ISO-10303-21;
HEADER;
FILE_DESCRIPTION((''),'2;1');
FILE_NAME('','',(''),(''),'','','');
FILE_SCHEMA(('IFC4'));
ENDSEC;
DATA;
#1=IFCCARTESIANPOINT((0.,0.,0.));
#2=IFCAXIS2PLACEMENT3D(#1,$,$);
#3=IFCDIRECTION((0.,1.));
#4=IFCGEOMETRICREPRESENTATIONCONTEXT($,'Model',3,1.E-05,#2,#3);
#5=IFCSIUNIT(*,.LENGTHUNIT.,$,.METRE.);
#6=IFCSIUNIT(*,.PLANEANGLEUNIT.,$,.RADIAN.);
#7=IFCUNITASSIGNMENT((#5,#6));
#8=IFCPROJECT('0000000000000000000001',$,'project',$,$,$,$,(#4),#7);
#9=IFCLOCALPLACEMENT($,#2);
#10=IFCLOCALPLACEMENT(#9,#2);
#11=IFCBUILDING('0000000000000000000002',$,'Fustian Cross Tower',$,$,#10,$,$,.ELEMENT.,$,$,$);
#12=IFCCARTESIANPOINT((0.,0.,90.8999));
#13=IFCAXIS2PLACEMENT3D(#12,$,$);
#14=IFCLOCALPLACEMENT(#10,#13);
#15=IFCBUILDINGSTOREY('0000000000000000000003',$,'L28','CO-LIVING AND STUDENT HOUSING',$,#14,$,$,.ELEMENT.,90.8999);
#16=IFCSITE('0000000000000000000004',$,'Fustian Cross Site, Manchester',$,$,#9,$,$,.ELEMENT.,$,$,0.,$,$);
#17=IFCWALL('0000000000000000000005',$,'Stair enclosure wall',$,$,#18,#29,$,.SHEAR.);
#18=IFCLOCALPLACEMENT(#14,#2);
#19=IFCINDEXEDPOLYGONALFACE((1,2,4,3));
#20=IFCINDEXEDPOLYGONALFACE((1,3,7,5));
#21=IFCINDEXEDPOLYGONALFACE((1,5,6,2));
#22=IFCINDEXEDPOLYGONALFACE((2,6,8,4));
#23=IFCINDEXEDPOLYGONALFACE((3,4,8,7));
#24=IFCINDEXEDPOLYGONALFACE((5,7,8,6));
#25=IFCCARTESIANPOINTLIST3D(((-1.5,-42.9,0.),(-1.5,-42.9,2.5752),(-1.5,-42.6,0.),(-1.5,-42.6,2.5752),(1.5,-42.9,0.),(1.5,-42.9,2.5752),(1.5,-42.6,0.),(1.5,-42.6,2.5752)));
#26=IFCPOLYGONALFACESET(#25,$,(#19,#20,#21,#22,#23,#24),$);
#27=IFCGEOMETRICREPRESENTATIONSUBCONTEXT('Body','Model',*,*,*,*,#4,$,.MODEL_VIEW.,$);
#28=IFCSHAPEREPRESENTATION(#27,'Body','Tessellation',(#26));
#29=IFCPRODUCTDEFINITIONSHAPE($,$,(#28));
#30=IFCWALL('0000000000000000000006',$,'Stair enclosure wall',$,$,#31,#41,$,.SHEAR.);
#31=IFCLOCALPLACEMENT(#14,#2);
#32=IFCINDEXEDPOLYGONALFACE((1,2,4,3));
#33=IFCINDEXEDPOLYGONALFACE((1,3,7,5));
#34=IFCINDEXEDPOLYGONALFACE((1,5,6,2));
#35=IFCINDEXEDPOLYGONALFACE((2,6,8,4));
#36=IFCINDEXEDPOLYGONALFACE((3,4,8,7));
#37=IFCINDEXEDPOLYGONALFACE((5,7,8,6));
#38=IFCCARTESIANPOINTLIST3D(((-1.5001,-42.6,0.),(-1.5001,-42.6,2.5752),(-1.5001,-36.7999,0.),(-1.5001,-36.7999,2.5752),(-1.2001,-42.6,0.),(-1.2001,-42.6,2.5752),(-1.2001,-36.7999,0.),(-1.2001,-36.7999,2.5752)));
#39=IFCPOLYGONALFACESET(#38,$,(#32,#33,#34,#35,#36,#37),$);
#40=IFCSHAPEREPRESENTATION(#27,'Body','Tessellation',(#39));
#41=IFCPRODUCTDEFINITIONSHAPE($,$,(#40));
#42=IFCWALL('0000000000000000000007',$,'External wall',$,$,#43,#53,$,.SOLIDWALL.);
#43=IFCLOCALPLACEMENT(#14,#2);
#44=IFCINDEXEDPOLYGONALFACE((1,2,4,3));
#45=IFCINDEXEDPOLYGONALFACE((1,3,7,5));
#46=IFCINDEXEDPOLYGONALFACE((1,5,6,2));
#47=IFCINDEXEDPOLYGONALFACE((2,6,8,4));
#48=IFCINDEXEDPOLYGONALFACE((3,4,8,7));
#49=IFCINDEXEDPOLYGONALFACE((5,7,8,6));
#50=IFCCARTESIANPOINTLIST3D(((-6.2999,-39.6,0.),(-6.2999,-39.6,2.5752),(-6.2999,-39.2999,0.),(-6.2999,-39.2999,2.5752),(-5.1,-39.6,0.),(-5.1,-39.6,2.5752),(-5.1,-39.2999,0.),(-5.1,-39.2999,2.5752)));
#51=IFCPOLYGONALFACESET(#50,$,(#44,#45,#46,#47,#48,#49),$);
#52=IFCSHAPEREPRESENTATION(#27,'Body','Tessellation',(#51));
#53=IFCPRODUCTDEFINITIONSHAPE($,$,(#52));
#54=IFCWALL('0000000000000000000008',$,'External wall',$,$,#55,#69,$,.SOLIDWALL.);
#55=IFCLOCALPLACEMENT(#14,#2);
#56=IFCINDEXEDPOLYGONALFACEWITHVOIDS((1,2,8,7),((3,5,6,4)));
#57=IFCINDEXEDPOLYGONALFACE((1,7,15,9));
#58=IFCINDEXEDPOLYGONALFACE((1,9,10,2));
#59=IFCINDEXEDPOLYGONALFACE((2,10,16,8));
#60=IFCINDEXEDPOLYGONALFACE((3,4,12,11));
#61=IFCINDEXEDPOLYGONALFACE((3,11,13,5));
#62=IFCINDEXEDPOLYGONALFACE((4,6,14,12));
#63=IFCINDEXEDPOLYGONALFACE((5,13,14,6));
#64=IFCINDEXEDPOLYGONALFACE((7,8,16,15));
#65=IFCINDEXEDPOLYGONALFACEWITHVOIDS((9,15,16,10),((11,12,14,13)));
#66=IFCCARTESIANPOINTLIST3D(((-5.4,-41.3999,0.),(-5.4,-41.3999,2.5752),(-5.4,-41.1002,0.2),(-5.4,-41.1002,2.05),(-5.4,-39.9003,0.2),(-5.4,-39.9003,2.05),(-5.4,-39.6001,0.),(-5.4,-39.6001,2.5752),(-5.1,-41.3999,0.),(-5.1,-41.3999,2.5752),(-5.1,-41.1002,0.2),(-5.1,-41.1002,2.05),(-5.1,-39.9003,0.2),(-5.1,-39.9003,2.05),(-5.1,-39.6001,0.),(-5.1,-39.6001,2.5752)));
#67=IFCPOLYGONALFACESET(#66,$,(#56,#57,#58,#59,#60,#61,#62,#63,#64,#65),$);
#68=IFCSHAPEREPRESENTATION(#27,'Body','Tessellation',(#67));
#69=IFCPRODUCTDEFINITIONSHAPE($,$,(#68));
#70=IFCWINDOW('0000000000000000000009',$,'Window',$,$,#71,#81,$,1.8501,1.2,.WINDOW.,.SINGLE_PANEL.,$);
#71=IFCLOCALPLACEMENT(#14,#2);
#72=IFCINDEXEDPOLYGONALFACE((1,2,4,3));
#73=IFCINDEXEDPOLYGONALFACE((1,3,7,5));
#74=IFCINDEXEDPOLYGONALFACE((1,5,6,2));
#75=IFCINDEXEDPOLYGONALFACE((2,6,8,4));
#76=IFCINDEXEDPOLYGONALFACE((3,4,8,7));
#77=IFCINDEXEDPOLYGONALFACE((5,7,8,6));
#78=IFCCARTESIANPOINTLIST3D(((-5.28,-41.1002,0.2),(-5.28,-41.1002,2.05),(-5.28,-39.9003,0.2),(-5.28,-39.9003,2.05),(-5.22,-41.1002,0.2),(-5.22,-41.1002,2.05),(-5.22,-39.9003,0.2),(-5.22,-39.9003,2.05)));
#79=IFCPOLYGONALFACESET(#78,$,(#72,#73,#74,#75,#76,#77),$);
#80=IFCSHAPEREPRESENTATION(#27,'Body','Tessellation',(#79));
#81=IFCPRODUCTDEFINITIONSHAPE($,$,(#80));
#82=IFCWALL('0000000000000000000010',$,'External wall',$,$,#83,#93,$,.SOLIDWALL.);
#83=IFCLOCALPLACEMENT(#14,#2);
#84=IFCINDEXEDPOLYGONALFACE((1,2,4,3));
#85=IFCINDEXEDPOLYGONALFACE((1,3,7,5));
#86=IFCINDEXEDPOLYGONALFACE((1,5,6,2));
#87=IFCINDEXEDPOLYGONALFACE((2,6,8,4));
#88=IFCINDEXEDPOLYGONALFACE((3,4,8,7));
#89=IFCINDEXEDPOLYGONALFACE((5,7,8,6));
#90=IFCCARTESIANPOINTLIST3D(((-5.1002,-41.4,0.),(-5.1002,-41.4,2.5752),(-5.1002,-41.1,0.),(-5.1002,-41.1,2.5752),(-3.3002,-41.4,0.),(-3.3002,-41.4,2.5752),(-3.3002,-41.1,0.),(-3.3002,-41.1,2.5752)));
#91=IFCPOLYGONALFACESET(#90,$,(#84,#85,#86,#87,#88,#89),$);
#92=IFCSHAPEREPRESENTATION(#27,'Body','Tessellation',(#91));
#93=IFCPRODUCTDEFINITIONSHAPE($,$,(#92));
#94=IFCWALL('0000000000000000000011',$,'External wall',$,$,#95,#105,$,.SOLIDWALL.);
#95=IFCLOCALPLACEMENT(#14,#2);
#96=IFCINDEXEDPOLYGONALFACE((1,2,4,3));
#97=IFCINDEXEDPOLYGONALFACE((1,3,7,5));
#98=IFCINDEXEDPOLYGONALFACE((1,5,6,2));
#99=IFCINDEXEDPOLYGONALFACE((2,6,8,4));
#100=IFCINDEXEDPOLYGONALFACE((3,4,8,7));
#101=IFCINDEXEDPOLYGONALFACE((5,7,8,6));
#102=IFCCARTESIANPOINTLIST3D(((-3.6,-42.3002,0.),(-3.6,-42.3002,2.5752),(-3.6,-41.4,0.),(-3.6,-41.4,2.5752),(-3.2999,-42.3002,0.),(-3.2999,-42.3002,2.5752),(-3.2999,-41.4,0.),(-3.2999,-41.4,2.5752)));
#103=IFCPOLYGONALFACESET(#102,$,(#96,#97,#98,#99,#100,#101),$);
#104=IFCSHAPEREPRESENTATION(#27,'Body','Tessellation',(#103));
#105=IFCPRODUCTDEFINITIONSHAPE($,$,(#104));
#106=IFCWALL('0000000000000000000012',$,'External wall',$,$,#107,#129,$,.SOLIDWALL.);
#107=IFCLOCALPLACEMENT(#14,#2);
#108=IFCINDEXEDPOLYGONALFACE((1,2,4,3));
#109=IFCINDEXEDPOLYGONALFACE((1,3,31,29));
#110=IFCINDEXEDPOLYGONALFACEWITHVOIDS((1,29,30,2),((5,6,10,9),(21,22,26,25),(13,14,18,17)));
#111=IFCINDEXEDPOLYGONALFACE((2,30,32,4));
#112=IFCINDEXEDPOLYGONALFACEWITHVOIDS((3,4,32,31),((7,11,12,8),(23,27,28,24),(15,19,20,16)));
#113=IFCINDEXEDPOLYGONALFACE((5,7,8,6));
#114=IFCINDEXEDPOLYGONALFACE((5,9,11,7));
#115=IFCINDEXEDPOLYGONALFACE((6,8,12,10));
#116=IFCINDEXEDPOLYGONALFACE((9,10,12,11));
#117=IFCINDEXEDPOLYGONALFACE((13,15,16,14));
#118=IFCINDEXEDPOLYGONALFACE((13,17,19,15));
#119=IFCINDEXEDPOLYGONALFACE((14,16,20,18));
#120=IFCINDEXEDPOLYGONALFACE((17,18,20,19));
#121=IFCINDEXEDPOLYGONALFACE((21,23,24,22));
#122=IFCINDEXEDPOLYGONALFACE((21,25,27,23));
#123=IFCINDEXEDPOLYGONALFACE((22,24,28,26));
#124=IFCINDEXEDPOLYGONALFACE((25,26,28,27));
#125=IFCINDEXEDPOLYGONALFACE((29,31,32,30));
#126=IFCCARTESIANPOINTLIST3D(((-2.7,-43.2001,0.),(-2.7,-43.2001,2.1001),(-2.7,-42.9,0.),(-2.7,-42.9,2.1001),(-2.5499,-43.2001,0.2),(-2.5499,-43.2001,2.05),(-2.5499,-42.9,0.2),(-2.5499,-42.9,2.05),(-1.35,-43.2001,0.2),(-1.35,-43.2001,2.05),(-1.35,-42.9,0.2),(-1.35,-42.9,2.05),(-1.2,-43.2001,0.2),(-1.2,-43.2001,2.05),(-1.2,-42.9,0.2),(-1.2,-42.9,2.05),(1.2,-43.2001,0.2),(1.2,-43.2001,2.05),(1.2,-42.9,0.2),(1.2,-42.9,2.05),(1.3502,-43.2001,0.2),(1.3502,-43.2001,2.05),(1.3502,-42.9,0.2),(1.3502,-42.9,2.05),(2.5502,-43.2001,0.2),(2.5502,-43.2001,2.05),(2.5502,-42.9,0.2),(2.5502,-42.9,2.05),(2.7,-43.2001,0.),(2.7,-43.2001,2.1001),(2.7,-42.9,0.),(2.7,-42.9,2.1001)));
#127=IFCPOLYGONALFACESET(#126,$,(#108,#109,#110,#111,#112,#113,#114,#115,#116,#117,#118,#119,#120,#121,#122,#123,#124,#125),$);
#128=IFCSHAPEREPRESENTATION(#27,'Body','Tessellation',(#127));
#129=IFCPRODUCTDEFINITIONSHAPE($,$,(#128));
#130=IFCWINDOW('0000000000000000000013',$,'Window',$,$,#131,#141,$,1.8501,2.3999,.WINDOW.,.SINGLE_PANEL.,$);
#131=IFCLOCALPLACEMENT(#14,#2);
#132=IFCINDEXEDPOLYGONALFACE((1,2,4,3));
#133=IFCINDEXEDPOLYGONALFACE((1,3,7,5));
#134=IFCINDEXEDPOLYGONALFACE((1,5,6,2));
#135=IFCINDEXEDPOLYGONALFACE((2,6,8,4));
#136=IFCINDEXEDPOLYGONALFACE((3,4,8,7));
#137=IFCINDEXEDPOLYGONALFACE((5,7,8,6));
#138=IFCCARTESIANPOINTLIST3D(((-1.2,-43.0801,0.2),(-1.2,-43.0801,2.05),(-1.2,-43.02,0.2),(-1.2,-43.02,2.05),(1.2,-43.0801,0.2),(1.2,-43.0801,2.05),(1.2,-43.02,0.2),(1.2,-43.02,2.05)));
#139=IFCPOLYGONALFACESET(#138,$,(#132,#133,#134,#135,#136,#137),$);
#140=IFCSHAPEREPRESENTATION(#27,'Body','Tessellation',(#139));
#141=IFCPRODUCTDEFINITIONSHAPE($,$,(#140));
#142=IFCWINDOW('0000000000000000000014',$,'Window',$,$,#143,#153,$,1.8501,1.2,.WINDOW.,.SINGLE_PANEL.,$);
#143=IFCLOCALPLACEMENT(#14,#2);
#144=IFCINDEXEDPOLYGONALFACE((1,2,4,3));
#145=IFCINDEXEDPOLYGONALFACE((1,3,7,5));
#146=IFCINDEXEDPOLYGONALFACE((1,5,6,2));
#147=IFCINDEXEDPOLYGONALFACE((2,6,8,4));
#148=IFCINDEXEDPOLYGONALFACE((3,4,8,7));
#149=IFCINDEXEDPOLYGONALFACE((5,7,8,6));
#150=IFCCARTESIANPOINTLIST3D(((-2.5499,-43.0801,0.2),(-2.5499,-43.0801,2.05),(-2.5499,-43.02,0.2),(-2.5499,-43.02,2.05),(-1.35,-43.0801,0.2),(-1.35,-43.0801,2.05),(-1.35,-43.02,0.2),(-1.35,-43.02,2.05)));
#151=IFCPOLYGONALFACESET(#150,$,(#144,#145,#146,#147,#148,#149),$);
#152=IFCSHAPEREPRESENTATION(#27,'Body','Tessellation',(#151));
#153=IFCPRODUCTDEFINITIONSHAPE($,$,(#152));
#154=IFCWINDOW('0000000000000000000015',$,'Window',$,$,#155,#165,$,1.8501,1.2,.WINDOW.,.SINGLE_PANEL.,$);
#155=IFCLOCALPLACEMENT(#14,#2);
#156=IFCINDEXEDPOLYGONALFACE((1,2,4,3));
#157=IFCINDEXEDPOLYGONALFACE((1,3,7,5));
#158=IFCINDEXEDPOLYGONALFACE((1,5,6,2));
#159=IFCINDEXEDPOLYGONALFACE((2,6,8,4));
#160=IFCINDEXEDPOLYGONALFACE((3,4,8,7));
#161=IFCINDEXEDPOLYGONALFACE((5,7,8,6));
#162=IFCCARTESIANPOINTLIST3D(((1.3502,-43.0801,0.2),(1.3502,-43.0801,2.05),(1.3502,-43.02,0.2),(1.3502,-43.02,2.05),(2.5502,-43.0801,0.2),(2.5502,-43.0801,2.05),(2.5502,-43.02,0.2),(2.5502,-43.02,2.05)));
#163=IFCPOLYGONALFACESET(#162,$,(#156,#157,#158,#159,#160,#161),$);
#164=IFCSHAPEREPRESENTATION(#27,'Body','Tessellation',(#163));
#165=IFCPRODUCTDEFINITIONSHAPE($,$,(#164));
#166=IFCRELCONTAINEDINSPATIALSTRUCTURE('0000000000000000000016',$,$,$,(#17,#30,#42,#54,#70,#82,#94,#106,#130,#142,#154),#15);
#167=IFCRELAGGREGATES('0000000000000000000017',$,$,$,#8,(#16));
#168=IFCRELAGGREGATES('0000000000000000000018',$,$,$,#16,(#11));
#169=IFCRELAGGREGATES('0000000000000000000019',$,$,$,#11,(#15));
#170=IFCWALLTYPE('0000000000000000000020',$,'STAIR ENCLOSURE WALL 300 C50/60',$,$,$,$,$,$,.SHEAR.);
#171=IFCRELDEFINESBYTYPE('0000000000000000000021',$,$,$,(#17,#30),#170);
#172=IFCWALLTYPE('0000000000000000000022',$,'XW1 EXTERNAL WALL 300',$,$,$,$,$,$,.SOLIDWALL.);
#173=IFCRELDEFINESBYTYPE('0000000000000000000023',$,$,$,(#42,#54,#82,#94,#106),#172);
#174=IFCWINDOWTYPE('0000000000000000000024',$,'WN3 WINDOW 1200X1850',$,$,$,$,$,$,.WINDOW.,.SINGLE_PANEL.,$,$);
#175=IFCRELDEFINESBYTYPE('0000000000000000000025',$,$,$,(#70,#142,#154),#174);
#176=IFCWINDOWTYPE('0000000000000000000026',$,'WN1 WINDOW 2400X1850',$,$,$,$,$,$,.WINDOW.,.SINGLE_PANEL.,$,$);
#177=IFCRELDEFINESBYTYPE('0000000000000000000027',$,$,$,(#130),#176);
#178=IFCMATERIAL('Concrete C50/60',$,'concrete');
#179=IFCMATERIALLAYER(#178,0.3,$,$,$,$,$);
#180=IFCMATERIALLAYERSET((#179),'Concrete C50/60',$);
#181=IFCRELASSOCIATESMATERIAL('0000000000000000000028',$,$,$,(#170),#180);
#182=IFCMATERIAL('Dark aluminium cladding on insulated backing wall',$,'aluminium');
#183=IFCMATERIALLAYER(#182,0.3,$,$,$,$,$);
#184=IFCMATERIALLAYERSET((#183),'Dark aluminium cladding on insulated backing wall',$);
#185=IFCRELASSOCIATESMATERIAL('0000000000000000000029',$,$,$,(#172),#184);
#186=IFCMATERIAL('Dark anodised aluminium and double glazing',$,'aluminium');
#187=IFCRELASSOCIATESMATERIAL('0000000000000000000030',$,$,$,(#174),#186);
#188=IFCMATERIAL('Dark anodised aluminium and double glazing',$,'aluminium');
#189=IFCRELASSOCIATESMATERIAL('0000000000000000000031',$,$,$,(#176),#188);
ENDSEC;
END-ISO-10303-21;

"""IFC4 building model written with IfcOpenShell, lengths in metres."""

from ifc_helpers import new_model, si_unit, direction, frame, frame_2d, origin, place, context, subcontext, project, spatial, rectangle, extrude, material, layer, layer_set, type_object, element, fill, save


model = new_model("IFC4")

# Units and contexts
model_context = context("Model", 3, precision=1e-05, world=origin(), true_north=direction((0.0, 1.0)))
body_context = subcontext(model_context, "Body", "Model", "MODEL_VIEW")
ifc_project = project(units=[si_unit("LENGTHUNIT", "METRE"), si_unit("PLANEANGLEUNIT", "RADIAN")], contexts=[model_context])

# Site, building, storey
site_placement = place(None, origin())
site = spatial("IfcSite", under=ifc_project, at=site_placement, Name="Fustian Cross Site, Manchester", CompositionType="ELEMENT", RefElevation=0.0)
building_placement = place(site_placement, origin())
building = spatial("IfcBuilding", under=site, at=building_placement, Name="Fustian Cross Tower", CompositionType="ELEMENT")
storey_placement = place(building_placement, frame((0.0, 0.0, 90.8999)))
storey = spatial("IfcBuildingStorey", under=building, at=storey_placement, Name="L28", Description="CO-LIVING AND STUDENT HOUSING", CompositionType="ELEMENT", Elevation=90.8999)

# Walls
ifc_material_1 = material(Name="Concrete C50/60", Category="concrete")
ifc_layer_1 = layer(ifc_material_1, 0.3)
ifc_layer_set_1 = layer_set([ifc_layer_1], Name="Concrete C50/60")
wall_type_1 = type_object("IfcWallType", Name="STAIR ENCLOSURE WALL 300 C50/60", PredefinedType="SHEAR", material=ifc_layer_set_1)
wall_1_placement = place(storey_placement, frame((-1.5, -42.75, 0.0), z_axis=(0.0, 0.0, 1.0), x_axis=(1.0, 0.0, 0.0)))
element("IfcWall", 1, at=wall_1_placement, inside=storey, type_object=wall_type_1, Name="Stair enclosure wall", PredefinedType="SHEAR", context=body_context, shape_type="SweptSolid", body=[
    extrude(rectangle(XDim=3.0, YDim=0.3, at=frame_2d((1.5, 0.0))), origin(), (0.0, 0.0, 1.0), 2.5752),
])
wall_2_placement = place(storey_placement, frame((-1.3501, -36.8, 0.0), z_axis=(0.0, 0.0, 1.0), x_axis=(0.0, -1.0, 0.0)))
element("IfcWall", 2, at=wall_2_placement, inside=storey, type_object=wall_type_1, Name="Stair enclosure wall", PredefinedType="SHEAR", context=body_context, shape_type="SweptSolid", body=[
    extrude(rectangle(XDim=5.8, YDim=0.3, at=frame_2d((2.8999, 0.0))), origin(), (0.0, 0.0, 1.0), 2.5752),
])
ifc_material_2 = material(Name="Dark aluminium cladding on insulated backing wall", Category="aluminium")
ifc_layer_2 = layer(ifc_material_2, 0.3)
ifc_layer_set_2 = layer_set([ifc_layer_2], Name="Dark aluminium cladding on insulated backing wall")
wall_type_2 = type_object("IfcWallType", Name="XW1 EXTERNAL WALL 300", PredefinedType="SOLIDWALL", material=ifc_layer_set_2)
wall_3_placement = place(storey_placement, frame((-6.3, -39.45, 0.0), z_axis=(0.0, 0.0, 1.0), x_axis=(1.0, 0.0, 0.0)))
element("IfcWall", 3, at=wall_3_placement, inside=storey, type_object=wall_type_2, Name="External wall", PredefinedType="SOLIDWALL", context=body_context, shape_type="SweptSolid", body=[
    extrude(rectangle(XDim=1.2, YDim=0.3, at=frame_2d((0.6001, 0.0))), origin(), (0.0, 0.0, 1.0), 2.5752),
])

# Wall, opening, window
wall_4_placement = place(storey_placement, frame((-5.25, -39.6001, 0.0), z_axis=(0.0, 0.0, 1.0), x_axis=(0.0, -1.0, 0.0)))
wall_4 = element("IfcWall", 4, at=wall_4_placement, inside=storey, type_object=wall_type_2, Name="External wall", PredefinedType="SOLIDWALL", context=body_context, shape_type="SweptSolid", body=[
    extrude(rectangle(XDim=1.7998, YDim=0.3, at=frame_2d((0.8999, 0.0))), origin(), (0.0, 0.0, 1.0), 2.5752),
])
opening_1_placement = place(wall_4_placement, frame((0.3, 0.0, 0.2)))
opening_1 = element("IfcOpeningElement", 5, at=opening_1_placement, cuts=wall_4, PredefinedType="OPENING", context=body_context, shape_type="SweptSolid", body=[
    extrude(rectangle(XDim=1.2, YDim=1.8501, at=frame_2d((0.6001, 0.925))), frame((0.0, 0.1599, 0.0), z_axis=(0.0, -1.0, 0.0), x_axis=(1.0, 0.0, 0.0)), (0.0, 0.0, 1.0), 0.3201),
])
ifc_material_3 = material(Name="Dark anodised aluminium and double glazing", Category="aluminium")
window_type_1 = type_object("IfcWindowType", Name="WN3 WINDOW 1200X1850", PartitioningType="SINGLE_PANEL", PredefinedType="WINDOW", material=ifc_material_3)
window_1_placement = place(opening_1_placement, origin())
window_1 = element("IfcWindow", 6, at=window_1_placement, inside=storey, type_object=window_type_1, Name="Window", OverallHeight=1.8501, OverallWidth=1.2, PartitioningType="SINGLE_PANEL", PredefinedType="WINDOW", context=body_context, shape_type="SweptSolid", body=[
    extrude(rectangle(XDim=1.2, YDim=1.8501, at=frame_2d((0.6001, 0.925))), frame((0.0, 0.03, 0.0), z_axis=(0.0, -1.0, 0.0), x_axis=(1.0, 0.0, 0.0)), (0.0, 0.0, 1.0), 0.0601),
])
fill(opening_1, window_1)

# Walls
wall_5_placement = place(storey_placement, frame((-5.1001, -41.25, 0.0), z_axis=(0.0, 0.0, 1.0), x_axis=(1.0, 0.0, 0.0)))
element("IfcWall", 7, at=wall_5_placement, inside=storey, type_object=wall_type_2, Name="External wall", PredefinedType="SOLIDWALL", context=body_context, shape_type="SweptSolid", body=[
    extrude(rectangle(XDim=1.8, YDim=0.3, at=frame_2d((0.8999, 0.0))), origin(), (0.0, 0.0, 1.0), 2.5752),
])
wall_6_placement = place(storey_placement, frame((-3.45, -41.3999, 0.0), z_axis=(0.0, 0.0, 1.0), x_axis=(0.0, -1.0, 0.0)))
element("IfcWall", 8, at=wall_6_placement, inside=storey, type_object=wall_type_2, Name="External wall", PredefinedType="SOLIDWALL", context=body_context, shape_type="SweptSolid", body=[
    extrude(rectangle(XDim=0.9001, YDim=0.3, at=frame_2d((0.4502, 0.0))), origin(), (0.0, 0.0, 1.0), 2.5752),
])

# Wall, openings, windows
wall_7_placement = place(storey_placement, frame((-2.7, -43.05, 0.0), z_axis=(0.0, 0.0, 1.0), x_axis=(1.0, 0.0, 0.0)))
wall_7 = element("IfcWall", 9, at=wall_7_placement, inside=storey, type_object=wall_type_2, Name="External wall", PredefinedType="SOLIDWALL", context=body_context, shape_type="SweptSolid", body=[
    extrude(rectangle(XDim=5.3999, YDim=0.3, at=frame_2d((2.7, 0.0))), origin(), (0.0, 0.0, 1.0), 2.1001),
])
opening_2_placement = place(wall_7_placement, frame((1.5, 0.0, 0.2)))
opening_2 = element("IfcOpeningElement", 10, at=opening_2_placement, cuts=wall_7, PredefinedType="OPENING", context=body_context, shape_type="SweptSolid", body=[
    extrude(rectangle(XDim=2.3999, YDim=1.8501, at=frame_2d((1.2, 0.925))), frame((0.0, 0.1599, 0.0), z_axis=(0.0, -1.0, 0.0), x_axis=(1.0, 0.0, 0.0)), (0.0, 0.0, 1.0), 0.3201),
])
opening_3_placement = place(wall_7_placement, frame((0.1499, 0.0, 0.2)))
opening_3 = element("IfcOpeningElement", 11, at=opening_3_placement, cuts=wall_7, PredefinedType="OPENING", context=body_context, shape_type="SweptSolid", body=[
    extrude(rectangle(XDim=1.2, YDim=1.8501, at=frame_2d((0.6001, 0.925))), frame((0.0, 0.1599, 0.0), z_axis=(0.0, -1.0, 0.0), x_axis=(1.0, 0.0, 0.0)), (0.0, 0.0, 1.0), 0.3201),
])
opening_4_placement = place(wall_7_placement, frame((4.05, 0.0, 0.2)))
opening_4 = element("IfcOpeningElement", 12, at=opening_4_placement, cuts=wall_7, PredefinedType="OPENING", context=body_context, shape_type="SweptSolid", body=[
    extrude(rectangle(XDim=1.2, YDim=1.8501, at=frame_2d((0.6001, 0.925))), frame((0.0, 0.1599, 0.0), z_axis=(0.0, -1.0, 0.0), x_axis=(1.0, 0.0, 0.0)), (0.0, 0.0, 1.0), 0.3201),
])
ifc_material_4 = material(Name="Dark anodised aluminium and double glazing", Category="aluminium")
window_type_2 = type_object("IfcWindowType", Name="WN1 WINDOW 2400X1850", PartitioningType="SINGLE_PANEL", PredefinedType="WINDOW", material=ifc_material_4)
window_2_placement = place(opening_2_placement, origin())
window_2 = element("IfcWindow", 13, at=window_2_placement, inside=storey, type_object=window_type_2, Name="Window", OverallHeight=1.8501, OverallWidth=2.3999, PartitioningType="SINGLE_PANEL", PredefinedType="WINDOW", context=body_context, shape_type="SweptSolid", body=[
    extrude(rectangle(XDim=2.3999, YDim=1.8501, at=frame_2d((1.2, 0.925))), frame((0.0, 0.03, 0.0), z_axis=(0.0, -1.0, 0.0), x_axis=(1.0, 0.0, 0.0)), (0.0, 0.0, 1.0), 0.0601),
])
fill(opening_2, window_2)
window_3_placement = place(opening_3_placement, origin())
window_3 = element("IfcWindow", 14, at=window_3_placement, inside=storey, type_object=window_type_1, Name="Window", OverallHeight=1.8501, OverallWidth=1.2, PartitioningType="SINGLE_PANEL", PredefinedType="WINDOW", context=body_context, shape_type="SweptSolid", body=[
    extrude(rectangle(XDim=1.2, YDim=1.8501, at=frame_2d((0.6001, 0.925))), frame((0.0, 0.03, 0.0), z_axis=(0.0, -1.0, 0.0), x_axis=(1.0, 0.0, 0.0)), (0.0, 0.0, 1.0), 0.0601),
])
fill(opening_3, window_3)
window_4_placement = place(opening_4_placement, origin())
window_4 = element("IfcWindow", 15, at=window_4_placement, inside=storey, type_object=window_type_1, Name="Window", OverallHeight=1.8501, OverallWidth=1.2, PartitioningType="SINGLE_PANEL", PredefinedType="WINDOW", context=body_context, shape_type="SweptSolid", body=[
    extrude(rectangle(XDim=1.2, YDim=1.8501, at=frame_2d((0.6001, 0.925))), frame((0.0, 0.03, 0.0), z_axis=(0.0, -1.0, 0.0), x_axis=(1.0, 0.0, 0.0)), (0.0, 0.0, 1.0), 0.0601),
])
fill(opening_4, window_4)

save(model, "model.ifc")
